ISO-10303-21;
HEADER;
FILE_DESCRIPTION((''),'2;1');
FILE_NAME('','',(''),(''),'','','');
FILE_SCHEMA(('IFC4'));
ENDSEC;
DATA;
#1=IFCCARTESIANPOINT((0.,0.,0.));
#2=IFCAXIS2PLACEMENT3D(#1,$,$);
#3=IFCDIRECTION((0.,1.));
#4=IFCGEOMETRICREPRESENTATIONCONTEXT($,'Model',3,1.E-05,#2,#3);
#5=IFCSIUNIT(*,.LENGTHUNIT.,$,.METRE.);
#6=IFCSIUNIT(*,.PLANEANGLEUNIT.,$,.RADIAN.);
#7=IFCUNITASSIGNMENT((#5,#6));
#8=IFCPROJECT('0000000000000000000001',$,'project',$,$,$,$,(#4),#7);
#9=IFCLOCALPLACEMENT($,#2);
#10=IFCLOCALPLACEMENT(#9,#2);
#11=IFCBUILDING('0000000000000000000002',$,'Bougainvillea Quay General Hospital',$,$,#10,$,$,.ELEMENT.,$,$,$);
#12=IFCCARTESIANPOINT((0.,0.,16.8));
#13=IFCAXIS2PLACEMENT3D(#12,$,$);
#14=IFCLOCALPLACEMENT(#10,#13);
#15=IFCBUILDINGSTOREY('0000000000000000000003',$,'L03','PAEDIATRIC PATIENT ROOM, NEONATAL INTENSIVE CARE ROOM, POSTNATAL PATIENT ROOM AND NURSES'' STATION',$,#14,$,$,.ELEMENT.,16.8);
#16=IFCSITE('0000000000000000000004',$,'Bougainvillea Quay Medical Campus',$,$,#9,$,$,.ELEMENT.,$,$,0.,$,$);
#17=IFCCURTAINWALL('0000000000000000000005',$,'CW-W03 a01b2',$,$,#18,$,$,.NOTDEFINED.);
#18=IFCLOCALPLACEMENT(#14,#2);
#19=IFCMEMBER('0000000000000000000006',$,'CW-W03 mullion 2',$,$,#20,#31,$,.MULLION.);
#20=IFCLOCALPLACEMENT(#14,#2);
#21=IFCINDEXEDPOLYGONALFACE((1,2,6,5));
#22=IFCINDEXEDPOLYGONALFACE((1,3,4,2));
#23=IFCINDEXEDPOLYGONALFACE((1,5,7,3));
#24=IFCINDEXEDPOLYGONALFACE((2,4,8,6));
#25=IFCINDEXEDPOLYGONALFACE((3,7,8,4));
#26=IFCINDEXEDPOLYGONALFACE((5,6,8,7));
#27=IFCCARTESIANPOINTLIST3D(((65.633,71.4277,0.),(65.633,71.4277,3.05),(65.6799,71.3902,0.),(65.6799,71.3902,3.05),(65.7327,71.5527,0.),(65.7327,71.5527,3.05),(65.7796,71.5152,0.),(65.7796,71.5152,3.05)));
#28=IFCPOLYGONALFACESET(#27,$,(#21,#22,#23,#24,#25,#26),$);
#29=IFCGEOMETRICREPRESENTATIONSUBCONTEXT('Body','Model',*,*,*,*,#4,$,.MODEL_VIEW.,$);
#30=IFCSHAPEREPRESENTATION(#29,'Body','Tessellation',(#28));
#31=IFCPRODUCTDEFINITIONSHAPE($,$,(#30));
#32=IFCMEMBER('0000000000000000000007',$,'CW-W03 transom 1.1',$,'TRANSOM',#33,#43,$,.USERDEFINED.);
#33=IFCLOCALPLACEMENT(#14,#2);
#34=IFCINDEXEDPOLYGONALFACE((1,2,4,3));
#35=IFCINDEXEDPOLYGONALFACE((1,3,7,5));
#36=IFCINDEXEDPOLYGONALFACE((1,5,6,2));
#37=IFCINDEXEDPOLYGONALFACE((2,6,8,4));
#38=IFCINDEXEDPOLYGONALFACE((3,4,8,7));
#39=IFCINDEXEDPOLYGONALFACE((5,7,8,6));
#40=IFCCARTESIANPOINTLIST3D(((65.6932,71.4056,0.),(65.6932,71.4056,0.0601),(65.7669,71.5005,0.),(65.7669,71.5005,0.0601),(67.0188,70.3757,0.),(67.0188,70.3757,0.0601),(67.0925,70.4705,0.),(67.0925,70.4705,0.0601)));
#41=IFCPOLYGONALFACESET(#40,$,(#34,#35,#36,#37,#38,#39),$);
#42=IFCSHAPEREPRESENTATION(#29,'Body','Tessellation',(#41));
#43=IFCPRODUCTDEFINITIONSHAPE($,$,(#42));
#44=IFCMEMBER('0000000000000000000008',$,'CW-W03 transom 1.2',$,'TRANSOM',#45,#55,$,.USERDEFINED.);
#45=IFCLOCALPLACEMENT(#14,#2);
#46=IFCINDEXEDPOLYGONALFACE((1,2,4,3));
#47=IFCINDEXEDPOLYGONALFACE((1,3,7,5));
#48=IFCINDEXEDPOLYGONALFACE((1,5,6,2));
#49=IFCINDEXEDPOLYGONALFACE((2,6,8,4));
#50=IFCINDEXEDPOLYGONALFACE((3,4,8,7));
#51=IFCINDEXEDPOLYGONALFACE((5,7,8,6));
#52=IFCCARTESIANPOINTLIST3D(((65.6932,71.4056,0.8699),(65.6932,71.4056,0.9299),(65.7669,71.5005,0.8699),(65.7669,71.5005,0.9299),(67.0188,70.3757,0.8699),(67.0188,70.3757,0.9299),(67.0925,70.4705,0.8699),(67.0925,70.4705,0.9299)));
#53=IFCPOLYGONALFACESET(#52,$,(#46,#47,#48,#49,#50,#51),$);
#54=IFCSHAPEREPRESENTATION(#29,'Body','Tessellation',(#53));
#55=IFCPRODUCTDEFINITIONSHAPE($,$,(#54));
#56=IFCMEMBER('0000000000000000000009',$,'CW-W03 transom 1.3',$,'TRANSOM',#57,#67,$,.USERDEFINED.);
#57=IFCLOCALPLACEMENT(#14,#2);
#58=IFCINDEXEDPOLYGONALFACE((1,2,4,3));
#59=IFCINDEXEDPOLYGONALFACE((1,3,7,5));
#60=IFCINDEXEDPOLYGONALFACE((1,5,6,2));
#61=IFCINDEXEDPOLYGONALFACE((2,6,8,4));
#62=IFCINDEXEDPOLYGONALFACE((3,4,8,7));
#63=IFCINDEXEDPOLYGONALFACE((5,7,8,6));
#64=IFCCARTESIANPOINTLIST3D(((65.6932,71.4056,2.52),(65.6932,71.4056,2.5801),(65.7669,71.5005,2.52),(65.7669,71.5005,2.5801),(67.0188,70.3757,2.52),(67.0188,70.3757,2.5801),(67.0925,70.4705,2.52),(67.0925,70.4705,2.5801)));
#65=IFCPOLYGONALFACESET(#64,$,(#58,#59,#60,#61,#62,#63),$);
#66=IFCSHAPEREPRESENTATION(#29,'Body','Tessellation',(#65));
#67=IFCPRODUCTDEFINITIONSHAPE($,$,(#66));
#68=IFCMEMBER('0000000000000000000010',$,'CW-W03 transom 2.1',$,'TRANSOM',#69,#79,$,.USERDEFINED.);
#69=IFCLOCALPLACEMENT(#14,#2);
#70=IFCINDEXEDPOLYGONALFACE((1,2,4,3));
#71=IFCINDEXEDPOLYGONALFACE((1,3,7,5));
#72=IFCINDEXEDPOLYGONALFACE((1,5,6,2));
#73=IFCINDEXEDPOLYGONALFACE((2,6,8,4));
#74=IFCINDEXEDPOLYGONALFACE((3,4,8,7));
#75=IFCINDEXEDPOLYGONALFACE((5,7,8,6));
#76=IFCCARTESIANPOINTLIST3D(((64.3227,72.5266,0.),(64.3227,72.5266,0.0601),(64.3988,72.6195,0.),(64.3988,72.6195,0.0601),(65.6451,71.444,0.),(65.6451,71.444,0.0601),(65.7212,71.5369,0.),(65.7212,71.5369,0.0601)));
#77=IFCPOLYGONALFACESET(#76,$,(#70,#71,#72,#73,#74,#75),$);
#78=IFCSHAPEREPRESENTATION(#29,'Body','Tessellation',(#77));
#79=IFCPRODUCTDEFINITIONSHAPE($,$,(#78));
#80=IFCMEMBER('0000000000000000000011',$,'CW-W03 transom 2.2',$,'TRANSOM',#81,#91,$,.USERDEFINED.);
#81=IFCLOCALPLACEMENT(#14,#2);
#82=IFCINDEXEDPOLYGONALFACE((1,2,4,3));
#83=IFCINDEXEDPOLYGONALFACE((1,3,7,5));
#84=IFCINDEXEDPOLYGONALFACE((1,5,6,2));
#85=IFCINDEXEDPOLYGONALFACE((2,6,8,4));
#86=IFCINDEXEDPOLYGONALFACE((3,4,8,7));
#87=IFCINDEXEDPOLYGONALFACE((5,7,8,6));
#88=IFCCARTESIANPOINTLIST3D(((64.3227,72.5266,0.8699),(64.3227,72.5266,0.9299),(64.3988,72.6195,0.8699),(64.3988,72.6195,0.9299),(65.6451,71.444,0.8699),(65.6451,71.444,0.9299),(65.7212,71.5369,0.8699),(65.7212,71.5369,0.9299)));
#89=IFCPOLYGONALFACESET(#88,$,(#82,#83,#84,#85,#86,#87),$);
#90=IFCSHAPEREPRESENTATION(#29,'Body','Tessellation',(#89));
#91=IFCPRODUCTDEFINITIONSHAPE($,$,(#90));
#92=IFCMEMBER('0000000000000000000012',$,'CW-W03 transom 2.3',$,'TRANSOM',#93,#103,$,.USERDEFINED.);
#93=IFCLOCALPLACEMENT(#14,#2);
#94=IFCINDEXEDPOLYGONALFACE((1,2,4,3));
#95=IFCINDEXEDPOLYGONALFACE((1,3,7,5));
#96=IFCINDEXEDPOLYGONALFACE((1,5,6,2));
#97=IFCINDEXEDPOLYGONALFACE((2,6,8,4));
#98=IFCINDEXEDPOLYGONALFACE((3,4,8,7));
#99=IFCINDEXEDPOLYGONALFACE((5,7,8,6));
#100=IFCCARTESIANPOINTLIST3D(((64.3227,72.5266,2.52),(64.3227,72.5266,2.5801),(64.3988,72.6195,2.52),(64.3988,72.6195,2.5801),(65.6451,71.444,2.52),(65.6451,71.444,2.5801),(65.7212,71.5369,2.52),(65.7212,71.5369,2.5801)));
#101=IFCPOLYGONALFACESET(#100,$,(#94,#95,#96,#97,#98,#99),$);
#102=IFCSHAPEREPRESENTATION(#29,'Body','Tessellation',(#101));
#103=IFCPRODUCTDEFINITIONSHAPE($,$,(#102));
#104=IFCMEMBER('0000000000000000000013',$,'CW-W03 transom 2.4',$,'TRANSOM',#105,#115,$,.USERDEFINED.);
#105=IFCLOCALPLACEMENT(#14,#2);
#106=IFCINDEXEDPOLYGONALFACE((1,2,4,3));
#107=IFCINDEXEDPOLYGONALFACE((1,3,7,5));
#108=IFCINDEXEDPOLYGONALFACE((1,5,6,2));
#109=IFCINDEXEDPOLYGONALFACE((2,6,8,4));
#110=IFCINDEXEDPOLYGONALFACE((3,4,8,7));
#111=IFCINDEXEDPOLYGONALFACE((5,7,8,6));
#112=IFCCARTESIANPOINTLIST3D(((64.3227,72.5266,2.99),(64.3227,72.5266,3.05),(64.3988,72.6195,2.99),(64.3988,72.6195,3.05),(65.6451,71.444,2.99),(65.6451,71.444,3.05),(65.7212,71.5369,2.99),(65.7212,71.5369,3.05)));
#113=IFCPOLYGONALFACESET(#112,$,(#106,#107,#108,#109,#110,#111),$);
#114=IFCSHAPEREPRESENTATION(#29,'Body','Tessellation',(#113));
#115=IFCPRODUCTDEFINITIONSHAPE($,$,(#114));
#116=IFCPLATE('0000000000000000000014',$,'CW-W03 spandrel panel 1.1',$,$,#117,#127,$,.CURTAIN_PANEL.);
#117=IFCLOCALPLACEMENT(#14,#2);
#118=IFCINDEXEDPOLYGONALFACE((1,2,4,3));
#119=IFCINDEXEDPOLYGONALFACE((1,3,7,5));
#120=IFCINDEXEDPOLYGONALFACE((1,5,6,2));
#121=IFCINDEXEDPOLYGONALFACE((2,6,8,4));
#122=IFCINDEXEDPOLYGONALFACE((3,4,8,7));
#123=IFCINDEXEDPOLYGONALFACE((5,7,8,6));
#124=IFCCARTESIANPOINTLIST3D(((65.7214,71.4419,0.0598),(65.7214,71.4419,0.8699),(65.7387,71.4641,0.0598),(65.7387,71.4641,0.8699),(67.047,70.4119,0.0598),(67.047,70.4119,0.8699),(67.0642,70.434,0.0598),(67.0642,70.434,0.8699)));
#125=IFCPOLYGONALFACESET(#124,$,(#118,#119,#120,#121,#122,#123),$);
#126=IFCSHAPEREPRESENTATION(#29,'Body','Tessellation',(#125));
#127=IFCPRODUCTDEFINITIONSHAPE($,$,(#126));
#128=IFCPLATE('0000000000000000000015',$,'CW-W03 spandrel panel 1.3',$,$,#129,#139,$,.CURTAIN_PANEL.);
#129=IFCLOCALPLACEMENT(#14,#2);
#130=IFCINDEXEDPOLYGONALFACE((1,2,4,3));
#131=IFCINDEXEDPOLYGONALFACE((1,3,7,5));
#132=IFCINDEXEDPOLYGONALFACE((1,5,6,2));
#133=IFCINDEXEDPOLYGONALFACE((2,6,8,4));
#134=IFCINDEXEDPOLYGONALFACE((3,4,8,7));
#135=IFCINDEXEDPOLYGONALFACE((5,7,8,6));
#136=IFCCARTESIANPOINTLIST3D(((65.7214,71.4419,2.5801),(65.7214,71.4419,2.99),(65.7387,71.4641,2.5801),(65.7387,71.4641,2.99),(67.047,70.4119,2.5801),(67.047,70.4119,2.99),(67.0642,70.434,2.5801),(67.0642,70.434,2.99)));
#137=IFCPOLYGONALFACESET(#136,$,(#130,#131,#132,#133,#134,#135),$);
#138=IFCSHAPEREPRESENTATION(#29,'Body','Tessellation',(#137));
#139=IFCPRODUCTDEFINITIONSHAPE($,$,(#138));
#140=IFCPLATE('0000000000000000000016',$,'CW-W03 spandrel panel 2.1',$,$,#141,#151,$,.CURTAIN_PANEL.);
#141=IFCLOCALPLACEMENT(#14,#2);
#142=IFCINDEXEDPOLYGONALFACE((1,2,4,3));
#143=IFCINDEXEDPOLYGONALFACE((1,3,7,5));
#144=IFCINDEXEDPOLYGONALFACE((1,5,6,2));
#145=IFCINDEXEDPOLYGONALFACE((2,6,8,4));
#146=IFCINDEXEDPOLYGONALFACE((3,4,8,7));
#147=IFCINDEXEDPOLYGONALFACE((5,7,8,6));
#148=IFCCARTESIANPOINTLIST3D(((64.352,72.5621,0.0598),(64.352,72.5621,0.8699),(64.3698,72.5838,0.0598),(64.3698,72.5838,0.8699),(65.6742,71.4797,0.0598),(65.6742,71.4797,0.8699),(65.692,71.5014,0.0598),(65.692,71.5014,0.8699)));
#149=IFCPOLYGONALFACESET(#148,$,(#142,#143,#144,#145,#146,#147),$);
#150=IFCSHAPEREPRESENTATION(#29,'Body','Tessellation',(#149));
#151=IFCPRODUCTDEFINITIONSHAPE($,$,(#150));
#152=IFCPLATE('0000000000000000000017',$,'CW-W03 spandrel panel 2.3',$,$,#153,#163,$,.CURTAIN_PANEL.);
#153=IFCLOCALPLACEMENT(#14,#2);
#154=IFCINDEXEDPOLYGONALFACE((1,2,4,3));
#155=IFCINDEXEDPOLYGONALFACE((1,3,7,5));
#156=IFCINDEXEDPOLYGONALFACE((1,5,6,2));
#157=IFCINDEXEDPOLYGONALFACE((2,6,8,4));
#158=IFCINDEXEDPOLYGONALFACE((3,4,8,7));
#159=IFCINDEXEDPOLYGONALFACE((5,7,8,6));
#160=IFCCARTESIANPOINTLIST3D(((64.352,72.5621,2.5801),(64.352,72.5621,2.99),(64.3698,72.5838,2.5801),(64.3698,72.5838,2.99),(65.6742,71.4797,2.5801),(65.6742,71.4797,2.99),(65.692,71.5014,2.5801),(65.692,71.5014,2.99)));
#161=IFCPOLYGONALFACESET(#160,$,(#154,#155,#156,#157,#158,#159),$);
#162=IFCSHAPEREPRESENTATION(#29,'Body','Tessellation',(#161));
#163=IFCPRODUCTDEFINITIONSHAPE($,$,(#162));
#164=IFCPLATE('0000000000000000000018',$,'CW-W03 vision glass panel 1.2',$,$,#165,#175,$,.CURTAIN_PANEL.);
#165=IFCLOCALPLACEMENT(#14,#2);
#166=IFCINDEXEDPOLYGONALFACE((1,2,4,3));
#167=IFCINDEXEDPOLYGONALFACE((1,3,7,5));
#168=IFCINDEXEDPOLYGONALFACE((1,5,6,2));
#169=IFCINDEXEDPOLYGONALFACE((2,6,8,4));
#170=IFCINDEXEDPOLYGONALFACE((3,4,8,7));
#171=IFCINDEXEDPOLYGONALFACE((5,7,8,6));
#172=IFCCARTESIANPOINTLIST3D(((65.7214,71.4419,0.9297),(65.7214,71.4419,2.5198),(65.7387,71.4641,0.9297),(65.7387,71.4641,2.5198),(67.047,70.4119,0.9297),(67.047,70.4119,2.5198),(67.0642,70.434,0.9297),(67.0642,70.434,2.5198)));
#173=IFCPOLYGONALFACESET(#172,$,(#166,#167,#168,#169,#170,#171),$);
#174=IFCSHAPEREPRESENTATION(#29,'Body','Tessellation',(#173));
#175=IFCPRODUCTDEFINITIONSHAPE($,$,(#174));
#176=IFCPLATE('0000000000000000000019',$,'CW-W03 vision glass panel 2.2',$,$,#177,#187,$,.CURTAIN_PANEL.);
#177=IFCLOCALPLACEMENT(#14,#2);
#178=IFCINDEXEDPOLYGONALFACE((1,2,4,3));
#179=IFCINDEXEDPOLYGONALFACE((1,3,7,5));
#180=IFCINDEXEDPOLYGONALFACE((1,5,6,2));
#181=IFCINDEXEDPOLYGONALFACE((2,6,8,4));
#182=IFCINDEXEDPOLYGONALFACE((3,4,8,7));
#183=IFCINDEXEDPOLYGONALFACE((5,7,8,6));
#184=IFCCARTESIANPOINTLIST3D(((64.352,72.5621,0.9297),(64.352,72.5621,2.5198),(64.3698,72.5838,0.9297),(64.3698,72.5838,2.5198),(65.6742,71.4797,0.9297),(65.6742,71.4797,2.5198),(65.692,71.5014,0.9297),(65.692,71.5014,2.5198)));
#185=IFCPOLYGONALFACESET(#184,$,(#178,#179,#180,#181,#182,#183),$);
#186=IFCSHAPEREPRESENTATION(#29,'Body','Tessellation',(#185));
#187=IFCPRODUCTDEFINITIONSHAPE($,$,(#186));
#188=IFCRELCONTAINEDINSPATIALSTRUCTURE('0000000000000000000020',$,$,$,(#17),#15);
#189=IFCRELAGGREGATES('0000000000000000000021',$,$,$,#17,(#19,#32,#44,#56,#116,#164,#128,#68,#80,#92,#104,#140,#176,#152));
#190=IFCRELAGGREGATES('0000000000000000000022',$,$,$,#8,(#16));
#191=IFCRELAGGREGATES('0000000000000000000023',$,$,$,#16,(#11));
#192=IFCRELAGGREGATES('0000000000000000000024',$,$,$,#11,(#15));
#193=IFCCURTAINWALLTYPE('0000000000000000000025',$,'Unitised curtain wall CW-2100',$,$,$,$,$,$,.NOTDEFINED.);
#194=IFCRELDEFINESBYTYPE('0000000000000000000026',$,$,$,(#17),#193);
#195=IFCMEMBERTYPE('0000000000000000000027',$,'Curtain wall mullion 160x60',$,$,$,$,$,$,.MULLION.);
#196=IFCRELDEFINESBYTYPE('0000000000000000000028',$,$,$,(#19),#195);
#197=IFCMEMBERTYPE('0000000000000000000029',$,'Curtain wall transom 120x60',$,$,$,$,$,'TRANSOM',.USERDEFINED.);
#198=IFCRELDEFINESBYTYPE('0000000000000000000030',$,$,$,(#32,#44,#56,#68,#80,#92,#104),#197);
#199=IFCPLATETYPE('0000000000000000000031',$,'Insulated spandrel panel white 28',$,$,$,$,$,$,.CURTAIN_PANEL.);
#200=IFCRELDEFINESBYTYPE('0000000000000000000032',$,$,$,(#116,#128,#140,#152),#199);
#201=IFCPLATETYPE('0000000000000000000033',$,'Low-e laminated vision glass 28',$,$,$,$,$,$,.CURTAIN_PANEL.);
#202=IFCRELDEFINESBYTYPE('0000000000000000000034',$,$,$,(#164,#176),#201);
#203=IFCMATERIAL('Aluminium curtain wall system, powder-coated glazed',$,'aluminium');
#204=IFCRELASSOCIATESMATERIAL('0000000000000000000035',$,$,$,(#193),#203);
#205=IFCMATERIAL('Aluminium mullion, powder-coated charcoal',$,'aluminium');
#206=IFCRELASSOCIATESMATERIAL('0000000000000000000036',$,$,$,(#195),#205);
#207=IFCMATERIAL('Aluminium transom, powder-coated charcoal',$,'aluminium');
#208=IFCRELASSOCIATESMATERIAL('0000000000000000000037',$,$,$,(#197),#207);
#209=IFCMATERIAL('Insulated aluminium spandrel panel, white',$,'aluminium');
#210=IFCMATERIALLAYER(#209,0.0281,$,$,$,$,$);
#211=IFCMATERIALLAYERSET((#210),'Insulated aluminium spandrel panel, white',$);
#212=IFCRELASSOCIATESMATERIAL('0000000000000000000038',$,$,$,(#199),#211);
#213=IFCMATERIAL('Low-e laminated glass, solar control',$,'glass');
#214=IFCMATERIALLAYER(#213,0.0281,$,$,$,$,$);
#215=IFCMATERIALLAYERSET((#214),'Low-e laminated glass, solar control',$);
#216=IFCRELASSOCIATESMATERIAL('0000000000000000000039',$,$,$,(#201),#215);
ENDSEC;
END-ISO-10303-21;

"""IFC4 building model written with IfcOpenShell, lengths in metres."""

from ifc_helpers import new_model, si_unit, direction, frame, origin, origin_2d, place, context, subcontext, project, spatial, rectangle, extrude, material, layer, layer_set, material_profile, profile_set, type_object, element, aggregate, save


model = new_model("IFC4")

# Units and contexts
model_context = context("Model", 3, precision=1e-05, world=origin(), true_north=direction((0.0, 1.0)))
body_context = subcontext(model_context, "Body", "Model", "MODEL_VIEW")
ifc_project = project(units=[si_unit("LENGTHUNIT", "METRE"), si_unit("PLANEANGLEUNIT", "RADIAN")], contexts=[model_context])

# Site, building, storey
site_placement = place(None, origin())
site = spatial("IfcSite", under=ifc_project, at=site_placement, Name="Bougainvillea Quay Medical Campus", CompositionType="ELEMENT", RefElevation=0.0)
building_placement = place(site_placement, origin())
building = spatial("IfcBuilding", under=site, at=building_placement, Name="Bougainvillea Quay General Hospital", CompositionType="ELEMENT")
storey_placement = place(building_placement, frame((0.0, 0.0, 16.8)))
storey = spatial("IfcBuildingStorey", under=building, at=storey_placement, Name="L03", Description="PAEDIATRIC PATIENT ROOM, NEONATAL INTENSIVE CARE ROOM, POSTNATAL PATIENT ROOM AND NURSES' STATION", CompositionType="ELEMENT", Elevation=16.8)

# Curtain wall, members, plates
ifc_material_1 = material(Name="Aluminium curtain wall system, powder-coated glazed", Category="aluminium")
curtain_wall_type = type_object("IfcCurtainWallType", Name="Unitised curtain wall CW-2100", PredefinedType="NOTDEFINED", material=ifc_material_1)
curtain_wall_placement = place(storey_placement, origin())
curtain_wall = element("IfcCurtainWall", 1, at=curtain_wall_placement, inside=storey, type_object=curtain_wall_type, Name="CW-W03 a01b2", PredefinedType="NOTDEFINED")
ifc_material_2 = material(Name="Aluminium mullion, powder-coated charcoal", Category="aluminium")
ifc_material_profile_1 = material_profile(ifc_material_2, rectangle(XDim=0.1599, YDim=0.0601, at=origin_2d()))
ifc_profile_set_1 = profile_set([ifc_material_profile_1], Name="Aluminium mullion, powder-coated charcoal")
member_type_1 = type_object("IfcMemberType", Name="Curtain wall mullion 160x60", PredefinedType="MULLION", material=ifc_profile_set_1)
member_1_placement = place(storey_placement, frame((65.7063, 71.4714, 0.0), z_axis=(0.0, 0.0, 1.0), x_axis=(-0.623566, -0.781771, 0.0)))
member_1 = element("IfcMember", 2, at=member_1_placement, type_object=member_type_1, Name="CW-W03 mullion 2", PredefinedType="MULLION", context=body_context, shape_type="SweptSolid", body=[
    extrude(rectangle(XDim=0.1599, YDim=0.0601, at=origin_2d()), origin(), (0.0, 0.0, 1.0), 3.05),
])
ifc_material_3 = material(Name="Aluminium transom, powder-coated charcoal", Category="aluminium")
ifc_material_profile_2 = material_profile(ifc_material_3, rectangle(XDim=0.1201, YDim=0.0601, at=origin_2d()))
ifc_profile_set_2 = profile_set([ifc_material_profile_2], Name="Aluminium transom, powder-coated charcoal")
member_type_2 = type_object("IfcMemberType", Name="Curtain wall transom 120x60", ElementType="TRANSOM", PredefinedType="USERDEFINED", material=ifc_profile_set_2)
member_2_placement = place(storey_placement, frame((67.0557, 70.4231, 0.03), z_axis=(-0.789658, 0.613548, 0.0), x_axis=(-0.613548, -0.789658, 0.0)))
member_2 = element("IfcMember", 3, at=member_2_placement, type_object=member_type_2, Name="CW-W03 transom 1.1", ObjectType="TRANSOM", PredefinedType="USERDEFINED", context=body_context, shape_type="SweptSolid", body=[
    extrude(rectangle(XDim=0.1201, YDim=0.0601, at=origin_2d()), origin(), (0.0, 0.0, 1.0), 1.6787),
])
member_3_placement = place(storey_placement, frame((67.0557, 70.4231, 0.8999), z_axis=(-0.789658, 0.613548, 0.0), x_axis=(-0.613548, -0.789658, 0.0)))
member_3 = element("IfcMember", 4, at=member_3_placement, type_object=member_type_2, Name="CW-W03 transom 1.2", ObjectType="TRANSOM", PredefinedType="USERDEFINED", context=body_context, shape_type="SweptSolid", body=[
    extrude(rectangle(XDim=0.1201, YDim=0.0601, at=origin_2d()), origin(), (0.0, 0.0, 1.0), 1.6787),
])
member_4_placement = place(storey_placement, frame((67.0557, 70.4231, 2.55), z_axis=(-0.789658, 0.613548, 0.0), x_axis=(-0.613548, -0.789658, 0.0)))
member_4 = element("IfcMember", 5, at=member_4_placement, type_object=member_type_2, Name="CW-W03 transom 1.3", ObjectType="TRANSOM", PredefinedType="USERDEFINED", context=body_context, shape_type="SweptSolid", body=[
    extrude(rectangle(XDim=0.1201, YDim=0.0601, at=origin_2d()), origin(), (0.0, 0.0, 1.0), 1.6787),
])
member_5_placement = place(storey_placement, frame((65.6831, 71.4905, 0.03), z_axis=(-0.773766, 0.633471, 0.0), x_axis=(-0.633471, -0.773766, 0.0)))
member_5 = element("IfcMember", 6, at=member_5_placement, type_object=member_type_2, Name="CW-W03 transom 2.1", ObjectType="TRANSOM", PredefinedType="USERDEFINED", context=body_context, shape_type="SweptSolid", body=[
    extrude(rectangle(XDim=0.1201, YDim=0.0601, at=origin_2d()), origin(), (0.0, 0.0, 1.0), 1.709),
])
member_6_placement = place(storey_placement, frame((65.6831, 71.4905, 0.8999), z_axis=(-0.773766, 0.633471, 0.0), x_axis=(-0.633471, -0.773766, 0.0)))
member_6 = element("IfcMember", 7, at=member_6_placement, type_object=member_type_2, Name="CW-W03 transom 2.2", ObjectType="TRANSOM", PredefinedType="USERDEFINED", context=body_context, shape_type="SweptSolid", body=[
    extrude(rectangle(XDim=0.1201, YDim=0.0601, at=origin_2d()), origin(), (0.0, 0.0, 1.0), 1.709),
])
member_7_placement = place(storey_placement, frame((65.6831, 71.4905, 2.55), z_axis=(-0.773766, 0.633471, 0.0), x_axis=(-0.633471, -0.773766, 0.0)))
member_7 = element("IfcMember", 8, at=member_7_placement, type_object=member_type_2, Name="CW-W03 transom 2.3", ObjectType="TRANSOM", PredefinedType="USERDEFINED", context=body_context, shape_type="SweptSolid", body=[
    extrude(rectangle(XDim=0.1201, YDim=0.0601, at=origin_2d()), origin(), (0.0, 0.0, 1.0), 1.709),
])
member_8_placement = place(storey_placement, frame((65.6831, 71.4905, 3.02), z_axis=(-0.773766, 0.633471, 0.0), x_axis=(-0.633471, -0.773766, 0.0)))
member_8 = element("IfcMember", 9, at=member_8_placement, type_object=member_type_2, Name="CW-W03 transom 2.4", ObjectType="TRANSOM", PredefinedType="USERDEFINED", context=body_context, shape_type="SweptSolid", body=[
    extrude(rectangle(XDim=0.1201, YDim=0.0601, at=origin_2d()), origin(), (0.0, 0.0, 1.0), 1.709),
])
ifc_material_4 = material(Name="Insulated aluminium spandrel panel, white", Category="aluminium")
ifc_layer_1 = layer(ifc_material_4, 0.0281)
ifc_layer_set_1 = layer_set([ifc_layer_1], Name="Insulated aluminium spandrel panel, white")
plate_type_1 = type_object("IfcPlateType", Name="Insulated spandrel panel white 28", PredefinedType="CURTAIN_PANEL", material=ifc_layer_set_1)
plate_1_placement = place(storey_placement, frame((66.3928, 70.938, 0.0598), z_axis=(0.0, 0.0, 1.0), x_axis=(-0.789614, 0.613603, 0.0)))
plate_1 = element("IfcPlate", 10, at=plate_1_placement, type_object=plate_type_1, Name="CW-W03 spandrel panel 1.1", PredefinedType="CURTAIN_PANEL", context=body_context, shape_type="SweptSolid", body=[
    extrude(rectangle(XDim=1.6787, YDim=0.0281, at=origin_2d()), origin(), (0.0, 0.0, 1.0), 0.8101),
])
plate_2_placement = place(storey_placement, frame((66.3928, 70.938, 2.5801), z_axis=(0.0, 0.0, 1.0), x_axis=(-0.789614, 0.613603, 0.0)))
plate_2 = element("IfcPlate", 11, at=plate_2_placement, type_object=plate_type_1, Name="CW-W03 spandrel panel 1.3", PredefinedType="CURTAIN_PANEL", context=body_context, shape_type="SweptSolid", body=[
    extrude(rectangle(XDim=1.6787, YDim=0.0281, at=origin_2d()), origin(), (0.0, 0.0, 1.0), 0.4099),
])
plate_3_placement = place(storey_placement, frame((65.022, 72.0317, 0.0598), z_axis=(0.0, 0.0, 1.0), x_axis=(-0.773802, 0.633428, 0.0)))
plate_3 = element("IfcPlate", 12, at=plate_3_placement, type_object=plate_type_1, Name="CW-W03 spandrel panel 2.1", PredefinedType="CURTAIN_PANEL", context=body_context, shape_type="SweptSolid", body=[
    extrude(rectangle(XDim=1.7087, YDim=0.0281, at=origin_2d()), origin(), (0.0, 0.0, 1.0), 0.8101),
])
plate_4_placement = place(storey_placement, frame((65.022, 72.0317, 2.5801), z_axis=(0.0, 0.0, 1.0), x_axis=(-0.773802, 0.633428, 0.0)))
plate_4 = element("IfcPlate", 13, at=plate_4_placement, type_object=plate_type_1, Name="CW-W03 spandrel panel 2.3", PredefinedType="CURTAIN_PANEL", context=body_context, shape_type="SweptSolid", body=[
    extrude(rectangle(XDim=1.7087, YDim=0.0281, at=origin_2d()), origin(), (0.0, 0.0, 1.0), 0.4099),
])
ifc_material_5 = material(Name="Low-e laminated glass, solar control", Category="glass")
ifc_layer_2 = layer(ifc_material_5, 0.0281)
ifc_layer_set_2 = layer_set([ifc_layer_2], Name="Low-e laminated glass, solar control")
plate_type_2 = type_object("IfcPlateType", Name="Low-e laminated vision glass 28", PredefinedType="CURTAIN_PANEL", material=ifc_layer_set_2)
plate_5_placement = place(storey_placement, frame((66.3928, 70.938, 0.9297), z_axis=(0.0, 0.0, 1.0), x_axis=(-0.789614, 0.613603, 0.0)))
plate_5 = element("IfcPlate", 14, at=plate_5_placement, type_object=plate_type_2, Name="CW-W03 vision glass panel 1.2", PredefinedType="CURTAIN_PANEL", context=body_context, shape_type="SweptSolid", body=[
    extrude(rectangle(XDim=1.6787, YDim=0.0281, at=origin_2d()), origin(), (0.0, 0.0, 1.0), 1.5901),
])
plate_6_placement = place(storey_placement, frame((65.022, 72.0317, 0.9297), z_axis=(0.0, 0.0, 1.0), x_axis=(-0.773802, 0.633428, 0.0)))
plate_6 = element("IfcPlate", 15, at=plate_6_placement, type_object=plate_type_2, Name="CW-W03 vision glass panel 2.2", PredefinedType="CURTAIN_PANEL", context=body_context, shape_type="SweptSolid", body=[
    extrude(rectangle(XDim=1.7087, YDim=0.0281, at=origin_2d()), origin(), (0.0, 0.0, 1.0), 1.5901),
])
aggregate(curtain_wall, [member_1, member_2, member_3, member_4, plate_1, plate_5, plate_2, member_5, member_6, member_7, member_8, plate_3, plate_6, plate_4])

save(model, "model.ifc")
